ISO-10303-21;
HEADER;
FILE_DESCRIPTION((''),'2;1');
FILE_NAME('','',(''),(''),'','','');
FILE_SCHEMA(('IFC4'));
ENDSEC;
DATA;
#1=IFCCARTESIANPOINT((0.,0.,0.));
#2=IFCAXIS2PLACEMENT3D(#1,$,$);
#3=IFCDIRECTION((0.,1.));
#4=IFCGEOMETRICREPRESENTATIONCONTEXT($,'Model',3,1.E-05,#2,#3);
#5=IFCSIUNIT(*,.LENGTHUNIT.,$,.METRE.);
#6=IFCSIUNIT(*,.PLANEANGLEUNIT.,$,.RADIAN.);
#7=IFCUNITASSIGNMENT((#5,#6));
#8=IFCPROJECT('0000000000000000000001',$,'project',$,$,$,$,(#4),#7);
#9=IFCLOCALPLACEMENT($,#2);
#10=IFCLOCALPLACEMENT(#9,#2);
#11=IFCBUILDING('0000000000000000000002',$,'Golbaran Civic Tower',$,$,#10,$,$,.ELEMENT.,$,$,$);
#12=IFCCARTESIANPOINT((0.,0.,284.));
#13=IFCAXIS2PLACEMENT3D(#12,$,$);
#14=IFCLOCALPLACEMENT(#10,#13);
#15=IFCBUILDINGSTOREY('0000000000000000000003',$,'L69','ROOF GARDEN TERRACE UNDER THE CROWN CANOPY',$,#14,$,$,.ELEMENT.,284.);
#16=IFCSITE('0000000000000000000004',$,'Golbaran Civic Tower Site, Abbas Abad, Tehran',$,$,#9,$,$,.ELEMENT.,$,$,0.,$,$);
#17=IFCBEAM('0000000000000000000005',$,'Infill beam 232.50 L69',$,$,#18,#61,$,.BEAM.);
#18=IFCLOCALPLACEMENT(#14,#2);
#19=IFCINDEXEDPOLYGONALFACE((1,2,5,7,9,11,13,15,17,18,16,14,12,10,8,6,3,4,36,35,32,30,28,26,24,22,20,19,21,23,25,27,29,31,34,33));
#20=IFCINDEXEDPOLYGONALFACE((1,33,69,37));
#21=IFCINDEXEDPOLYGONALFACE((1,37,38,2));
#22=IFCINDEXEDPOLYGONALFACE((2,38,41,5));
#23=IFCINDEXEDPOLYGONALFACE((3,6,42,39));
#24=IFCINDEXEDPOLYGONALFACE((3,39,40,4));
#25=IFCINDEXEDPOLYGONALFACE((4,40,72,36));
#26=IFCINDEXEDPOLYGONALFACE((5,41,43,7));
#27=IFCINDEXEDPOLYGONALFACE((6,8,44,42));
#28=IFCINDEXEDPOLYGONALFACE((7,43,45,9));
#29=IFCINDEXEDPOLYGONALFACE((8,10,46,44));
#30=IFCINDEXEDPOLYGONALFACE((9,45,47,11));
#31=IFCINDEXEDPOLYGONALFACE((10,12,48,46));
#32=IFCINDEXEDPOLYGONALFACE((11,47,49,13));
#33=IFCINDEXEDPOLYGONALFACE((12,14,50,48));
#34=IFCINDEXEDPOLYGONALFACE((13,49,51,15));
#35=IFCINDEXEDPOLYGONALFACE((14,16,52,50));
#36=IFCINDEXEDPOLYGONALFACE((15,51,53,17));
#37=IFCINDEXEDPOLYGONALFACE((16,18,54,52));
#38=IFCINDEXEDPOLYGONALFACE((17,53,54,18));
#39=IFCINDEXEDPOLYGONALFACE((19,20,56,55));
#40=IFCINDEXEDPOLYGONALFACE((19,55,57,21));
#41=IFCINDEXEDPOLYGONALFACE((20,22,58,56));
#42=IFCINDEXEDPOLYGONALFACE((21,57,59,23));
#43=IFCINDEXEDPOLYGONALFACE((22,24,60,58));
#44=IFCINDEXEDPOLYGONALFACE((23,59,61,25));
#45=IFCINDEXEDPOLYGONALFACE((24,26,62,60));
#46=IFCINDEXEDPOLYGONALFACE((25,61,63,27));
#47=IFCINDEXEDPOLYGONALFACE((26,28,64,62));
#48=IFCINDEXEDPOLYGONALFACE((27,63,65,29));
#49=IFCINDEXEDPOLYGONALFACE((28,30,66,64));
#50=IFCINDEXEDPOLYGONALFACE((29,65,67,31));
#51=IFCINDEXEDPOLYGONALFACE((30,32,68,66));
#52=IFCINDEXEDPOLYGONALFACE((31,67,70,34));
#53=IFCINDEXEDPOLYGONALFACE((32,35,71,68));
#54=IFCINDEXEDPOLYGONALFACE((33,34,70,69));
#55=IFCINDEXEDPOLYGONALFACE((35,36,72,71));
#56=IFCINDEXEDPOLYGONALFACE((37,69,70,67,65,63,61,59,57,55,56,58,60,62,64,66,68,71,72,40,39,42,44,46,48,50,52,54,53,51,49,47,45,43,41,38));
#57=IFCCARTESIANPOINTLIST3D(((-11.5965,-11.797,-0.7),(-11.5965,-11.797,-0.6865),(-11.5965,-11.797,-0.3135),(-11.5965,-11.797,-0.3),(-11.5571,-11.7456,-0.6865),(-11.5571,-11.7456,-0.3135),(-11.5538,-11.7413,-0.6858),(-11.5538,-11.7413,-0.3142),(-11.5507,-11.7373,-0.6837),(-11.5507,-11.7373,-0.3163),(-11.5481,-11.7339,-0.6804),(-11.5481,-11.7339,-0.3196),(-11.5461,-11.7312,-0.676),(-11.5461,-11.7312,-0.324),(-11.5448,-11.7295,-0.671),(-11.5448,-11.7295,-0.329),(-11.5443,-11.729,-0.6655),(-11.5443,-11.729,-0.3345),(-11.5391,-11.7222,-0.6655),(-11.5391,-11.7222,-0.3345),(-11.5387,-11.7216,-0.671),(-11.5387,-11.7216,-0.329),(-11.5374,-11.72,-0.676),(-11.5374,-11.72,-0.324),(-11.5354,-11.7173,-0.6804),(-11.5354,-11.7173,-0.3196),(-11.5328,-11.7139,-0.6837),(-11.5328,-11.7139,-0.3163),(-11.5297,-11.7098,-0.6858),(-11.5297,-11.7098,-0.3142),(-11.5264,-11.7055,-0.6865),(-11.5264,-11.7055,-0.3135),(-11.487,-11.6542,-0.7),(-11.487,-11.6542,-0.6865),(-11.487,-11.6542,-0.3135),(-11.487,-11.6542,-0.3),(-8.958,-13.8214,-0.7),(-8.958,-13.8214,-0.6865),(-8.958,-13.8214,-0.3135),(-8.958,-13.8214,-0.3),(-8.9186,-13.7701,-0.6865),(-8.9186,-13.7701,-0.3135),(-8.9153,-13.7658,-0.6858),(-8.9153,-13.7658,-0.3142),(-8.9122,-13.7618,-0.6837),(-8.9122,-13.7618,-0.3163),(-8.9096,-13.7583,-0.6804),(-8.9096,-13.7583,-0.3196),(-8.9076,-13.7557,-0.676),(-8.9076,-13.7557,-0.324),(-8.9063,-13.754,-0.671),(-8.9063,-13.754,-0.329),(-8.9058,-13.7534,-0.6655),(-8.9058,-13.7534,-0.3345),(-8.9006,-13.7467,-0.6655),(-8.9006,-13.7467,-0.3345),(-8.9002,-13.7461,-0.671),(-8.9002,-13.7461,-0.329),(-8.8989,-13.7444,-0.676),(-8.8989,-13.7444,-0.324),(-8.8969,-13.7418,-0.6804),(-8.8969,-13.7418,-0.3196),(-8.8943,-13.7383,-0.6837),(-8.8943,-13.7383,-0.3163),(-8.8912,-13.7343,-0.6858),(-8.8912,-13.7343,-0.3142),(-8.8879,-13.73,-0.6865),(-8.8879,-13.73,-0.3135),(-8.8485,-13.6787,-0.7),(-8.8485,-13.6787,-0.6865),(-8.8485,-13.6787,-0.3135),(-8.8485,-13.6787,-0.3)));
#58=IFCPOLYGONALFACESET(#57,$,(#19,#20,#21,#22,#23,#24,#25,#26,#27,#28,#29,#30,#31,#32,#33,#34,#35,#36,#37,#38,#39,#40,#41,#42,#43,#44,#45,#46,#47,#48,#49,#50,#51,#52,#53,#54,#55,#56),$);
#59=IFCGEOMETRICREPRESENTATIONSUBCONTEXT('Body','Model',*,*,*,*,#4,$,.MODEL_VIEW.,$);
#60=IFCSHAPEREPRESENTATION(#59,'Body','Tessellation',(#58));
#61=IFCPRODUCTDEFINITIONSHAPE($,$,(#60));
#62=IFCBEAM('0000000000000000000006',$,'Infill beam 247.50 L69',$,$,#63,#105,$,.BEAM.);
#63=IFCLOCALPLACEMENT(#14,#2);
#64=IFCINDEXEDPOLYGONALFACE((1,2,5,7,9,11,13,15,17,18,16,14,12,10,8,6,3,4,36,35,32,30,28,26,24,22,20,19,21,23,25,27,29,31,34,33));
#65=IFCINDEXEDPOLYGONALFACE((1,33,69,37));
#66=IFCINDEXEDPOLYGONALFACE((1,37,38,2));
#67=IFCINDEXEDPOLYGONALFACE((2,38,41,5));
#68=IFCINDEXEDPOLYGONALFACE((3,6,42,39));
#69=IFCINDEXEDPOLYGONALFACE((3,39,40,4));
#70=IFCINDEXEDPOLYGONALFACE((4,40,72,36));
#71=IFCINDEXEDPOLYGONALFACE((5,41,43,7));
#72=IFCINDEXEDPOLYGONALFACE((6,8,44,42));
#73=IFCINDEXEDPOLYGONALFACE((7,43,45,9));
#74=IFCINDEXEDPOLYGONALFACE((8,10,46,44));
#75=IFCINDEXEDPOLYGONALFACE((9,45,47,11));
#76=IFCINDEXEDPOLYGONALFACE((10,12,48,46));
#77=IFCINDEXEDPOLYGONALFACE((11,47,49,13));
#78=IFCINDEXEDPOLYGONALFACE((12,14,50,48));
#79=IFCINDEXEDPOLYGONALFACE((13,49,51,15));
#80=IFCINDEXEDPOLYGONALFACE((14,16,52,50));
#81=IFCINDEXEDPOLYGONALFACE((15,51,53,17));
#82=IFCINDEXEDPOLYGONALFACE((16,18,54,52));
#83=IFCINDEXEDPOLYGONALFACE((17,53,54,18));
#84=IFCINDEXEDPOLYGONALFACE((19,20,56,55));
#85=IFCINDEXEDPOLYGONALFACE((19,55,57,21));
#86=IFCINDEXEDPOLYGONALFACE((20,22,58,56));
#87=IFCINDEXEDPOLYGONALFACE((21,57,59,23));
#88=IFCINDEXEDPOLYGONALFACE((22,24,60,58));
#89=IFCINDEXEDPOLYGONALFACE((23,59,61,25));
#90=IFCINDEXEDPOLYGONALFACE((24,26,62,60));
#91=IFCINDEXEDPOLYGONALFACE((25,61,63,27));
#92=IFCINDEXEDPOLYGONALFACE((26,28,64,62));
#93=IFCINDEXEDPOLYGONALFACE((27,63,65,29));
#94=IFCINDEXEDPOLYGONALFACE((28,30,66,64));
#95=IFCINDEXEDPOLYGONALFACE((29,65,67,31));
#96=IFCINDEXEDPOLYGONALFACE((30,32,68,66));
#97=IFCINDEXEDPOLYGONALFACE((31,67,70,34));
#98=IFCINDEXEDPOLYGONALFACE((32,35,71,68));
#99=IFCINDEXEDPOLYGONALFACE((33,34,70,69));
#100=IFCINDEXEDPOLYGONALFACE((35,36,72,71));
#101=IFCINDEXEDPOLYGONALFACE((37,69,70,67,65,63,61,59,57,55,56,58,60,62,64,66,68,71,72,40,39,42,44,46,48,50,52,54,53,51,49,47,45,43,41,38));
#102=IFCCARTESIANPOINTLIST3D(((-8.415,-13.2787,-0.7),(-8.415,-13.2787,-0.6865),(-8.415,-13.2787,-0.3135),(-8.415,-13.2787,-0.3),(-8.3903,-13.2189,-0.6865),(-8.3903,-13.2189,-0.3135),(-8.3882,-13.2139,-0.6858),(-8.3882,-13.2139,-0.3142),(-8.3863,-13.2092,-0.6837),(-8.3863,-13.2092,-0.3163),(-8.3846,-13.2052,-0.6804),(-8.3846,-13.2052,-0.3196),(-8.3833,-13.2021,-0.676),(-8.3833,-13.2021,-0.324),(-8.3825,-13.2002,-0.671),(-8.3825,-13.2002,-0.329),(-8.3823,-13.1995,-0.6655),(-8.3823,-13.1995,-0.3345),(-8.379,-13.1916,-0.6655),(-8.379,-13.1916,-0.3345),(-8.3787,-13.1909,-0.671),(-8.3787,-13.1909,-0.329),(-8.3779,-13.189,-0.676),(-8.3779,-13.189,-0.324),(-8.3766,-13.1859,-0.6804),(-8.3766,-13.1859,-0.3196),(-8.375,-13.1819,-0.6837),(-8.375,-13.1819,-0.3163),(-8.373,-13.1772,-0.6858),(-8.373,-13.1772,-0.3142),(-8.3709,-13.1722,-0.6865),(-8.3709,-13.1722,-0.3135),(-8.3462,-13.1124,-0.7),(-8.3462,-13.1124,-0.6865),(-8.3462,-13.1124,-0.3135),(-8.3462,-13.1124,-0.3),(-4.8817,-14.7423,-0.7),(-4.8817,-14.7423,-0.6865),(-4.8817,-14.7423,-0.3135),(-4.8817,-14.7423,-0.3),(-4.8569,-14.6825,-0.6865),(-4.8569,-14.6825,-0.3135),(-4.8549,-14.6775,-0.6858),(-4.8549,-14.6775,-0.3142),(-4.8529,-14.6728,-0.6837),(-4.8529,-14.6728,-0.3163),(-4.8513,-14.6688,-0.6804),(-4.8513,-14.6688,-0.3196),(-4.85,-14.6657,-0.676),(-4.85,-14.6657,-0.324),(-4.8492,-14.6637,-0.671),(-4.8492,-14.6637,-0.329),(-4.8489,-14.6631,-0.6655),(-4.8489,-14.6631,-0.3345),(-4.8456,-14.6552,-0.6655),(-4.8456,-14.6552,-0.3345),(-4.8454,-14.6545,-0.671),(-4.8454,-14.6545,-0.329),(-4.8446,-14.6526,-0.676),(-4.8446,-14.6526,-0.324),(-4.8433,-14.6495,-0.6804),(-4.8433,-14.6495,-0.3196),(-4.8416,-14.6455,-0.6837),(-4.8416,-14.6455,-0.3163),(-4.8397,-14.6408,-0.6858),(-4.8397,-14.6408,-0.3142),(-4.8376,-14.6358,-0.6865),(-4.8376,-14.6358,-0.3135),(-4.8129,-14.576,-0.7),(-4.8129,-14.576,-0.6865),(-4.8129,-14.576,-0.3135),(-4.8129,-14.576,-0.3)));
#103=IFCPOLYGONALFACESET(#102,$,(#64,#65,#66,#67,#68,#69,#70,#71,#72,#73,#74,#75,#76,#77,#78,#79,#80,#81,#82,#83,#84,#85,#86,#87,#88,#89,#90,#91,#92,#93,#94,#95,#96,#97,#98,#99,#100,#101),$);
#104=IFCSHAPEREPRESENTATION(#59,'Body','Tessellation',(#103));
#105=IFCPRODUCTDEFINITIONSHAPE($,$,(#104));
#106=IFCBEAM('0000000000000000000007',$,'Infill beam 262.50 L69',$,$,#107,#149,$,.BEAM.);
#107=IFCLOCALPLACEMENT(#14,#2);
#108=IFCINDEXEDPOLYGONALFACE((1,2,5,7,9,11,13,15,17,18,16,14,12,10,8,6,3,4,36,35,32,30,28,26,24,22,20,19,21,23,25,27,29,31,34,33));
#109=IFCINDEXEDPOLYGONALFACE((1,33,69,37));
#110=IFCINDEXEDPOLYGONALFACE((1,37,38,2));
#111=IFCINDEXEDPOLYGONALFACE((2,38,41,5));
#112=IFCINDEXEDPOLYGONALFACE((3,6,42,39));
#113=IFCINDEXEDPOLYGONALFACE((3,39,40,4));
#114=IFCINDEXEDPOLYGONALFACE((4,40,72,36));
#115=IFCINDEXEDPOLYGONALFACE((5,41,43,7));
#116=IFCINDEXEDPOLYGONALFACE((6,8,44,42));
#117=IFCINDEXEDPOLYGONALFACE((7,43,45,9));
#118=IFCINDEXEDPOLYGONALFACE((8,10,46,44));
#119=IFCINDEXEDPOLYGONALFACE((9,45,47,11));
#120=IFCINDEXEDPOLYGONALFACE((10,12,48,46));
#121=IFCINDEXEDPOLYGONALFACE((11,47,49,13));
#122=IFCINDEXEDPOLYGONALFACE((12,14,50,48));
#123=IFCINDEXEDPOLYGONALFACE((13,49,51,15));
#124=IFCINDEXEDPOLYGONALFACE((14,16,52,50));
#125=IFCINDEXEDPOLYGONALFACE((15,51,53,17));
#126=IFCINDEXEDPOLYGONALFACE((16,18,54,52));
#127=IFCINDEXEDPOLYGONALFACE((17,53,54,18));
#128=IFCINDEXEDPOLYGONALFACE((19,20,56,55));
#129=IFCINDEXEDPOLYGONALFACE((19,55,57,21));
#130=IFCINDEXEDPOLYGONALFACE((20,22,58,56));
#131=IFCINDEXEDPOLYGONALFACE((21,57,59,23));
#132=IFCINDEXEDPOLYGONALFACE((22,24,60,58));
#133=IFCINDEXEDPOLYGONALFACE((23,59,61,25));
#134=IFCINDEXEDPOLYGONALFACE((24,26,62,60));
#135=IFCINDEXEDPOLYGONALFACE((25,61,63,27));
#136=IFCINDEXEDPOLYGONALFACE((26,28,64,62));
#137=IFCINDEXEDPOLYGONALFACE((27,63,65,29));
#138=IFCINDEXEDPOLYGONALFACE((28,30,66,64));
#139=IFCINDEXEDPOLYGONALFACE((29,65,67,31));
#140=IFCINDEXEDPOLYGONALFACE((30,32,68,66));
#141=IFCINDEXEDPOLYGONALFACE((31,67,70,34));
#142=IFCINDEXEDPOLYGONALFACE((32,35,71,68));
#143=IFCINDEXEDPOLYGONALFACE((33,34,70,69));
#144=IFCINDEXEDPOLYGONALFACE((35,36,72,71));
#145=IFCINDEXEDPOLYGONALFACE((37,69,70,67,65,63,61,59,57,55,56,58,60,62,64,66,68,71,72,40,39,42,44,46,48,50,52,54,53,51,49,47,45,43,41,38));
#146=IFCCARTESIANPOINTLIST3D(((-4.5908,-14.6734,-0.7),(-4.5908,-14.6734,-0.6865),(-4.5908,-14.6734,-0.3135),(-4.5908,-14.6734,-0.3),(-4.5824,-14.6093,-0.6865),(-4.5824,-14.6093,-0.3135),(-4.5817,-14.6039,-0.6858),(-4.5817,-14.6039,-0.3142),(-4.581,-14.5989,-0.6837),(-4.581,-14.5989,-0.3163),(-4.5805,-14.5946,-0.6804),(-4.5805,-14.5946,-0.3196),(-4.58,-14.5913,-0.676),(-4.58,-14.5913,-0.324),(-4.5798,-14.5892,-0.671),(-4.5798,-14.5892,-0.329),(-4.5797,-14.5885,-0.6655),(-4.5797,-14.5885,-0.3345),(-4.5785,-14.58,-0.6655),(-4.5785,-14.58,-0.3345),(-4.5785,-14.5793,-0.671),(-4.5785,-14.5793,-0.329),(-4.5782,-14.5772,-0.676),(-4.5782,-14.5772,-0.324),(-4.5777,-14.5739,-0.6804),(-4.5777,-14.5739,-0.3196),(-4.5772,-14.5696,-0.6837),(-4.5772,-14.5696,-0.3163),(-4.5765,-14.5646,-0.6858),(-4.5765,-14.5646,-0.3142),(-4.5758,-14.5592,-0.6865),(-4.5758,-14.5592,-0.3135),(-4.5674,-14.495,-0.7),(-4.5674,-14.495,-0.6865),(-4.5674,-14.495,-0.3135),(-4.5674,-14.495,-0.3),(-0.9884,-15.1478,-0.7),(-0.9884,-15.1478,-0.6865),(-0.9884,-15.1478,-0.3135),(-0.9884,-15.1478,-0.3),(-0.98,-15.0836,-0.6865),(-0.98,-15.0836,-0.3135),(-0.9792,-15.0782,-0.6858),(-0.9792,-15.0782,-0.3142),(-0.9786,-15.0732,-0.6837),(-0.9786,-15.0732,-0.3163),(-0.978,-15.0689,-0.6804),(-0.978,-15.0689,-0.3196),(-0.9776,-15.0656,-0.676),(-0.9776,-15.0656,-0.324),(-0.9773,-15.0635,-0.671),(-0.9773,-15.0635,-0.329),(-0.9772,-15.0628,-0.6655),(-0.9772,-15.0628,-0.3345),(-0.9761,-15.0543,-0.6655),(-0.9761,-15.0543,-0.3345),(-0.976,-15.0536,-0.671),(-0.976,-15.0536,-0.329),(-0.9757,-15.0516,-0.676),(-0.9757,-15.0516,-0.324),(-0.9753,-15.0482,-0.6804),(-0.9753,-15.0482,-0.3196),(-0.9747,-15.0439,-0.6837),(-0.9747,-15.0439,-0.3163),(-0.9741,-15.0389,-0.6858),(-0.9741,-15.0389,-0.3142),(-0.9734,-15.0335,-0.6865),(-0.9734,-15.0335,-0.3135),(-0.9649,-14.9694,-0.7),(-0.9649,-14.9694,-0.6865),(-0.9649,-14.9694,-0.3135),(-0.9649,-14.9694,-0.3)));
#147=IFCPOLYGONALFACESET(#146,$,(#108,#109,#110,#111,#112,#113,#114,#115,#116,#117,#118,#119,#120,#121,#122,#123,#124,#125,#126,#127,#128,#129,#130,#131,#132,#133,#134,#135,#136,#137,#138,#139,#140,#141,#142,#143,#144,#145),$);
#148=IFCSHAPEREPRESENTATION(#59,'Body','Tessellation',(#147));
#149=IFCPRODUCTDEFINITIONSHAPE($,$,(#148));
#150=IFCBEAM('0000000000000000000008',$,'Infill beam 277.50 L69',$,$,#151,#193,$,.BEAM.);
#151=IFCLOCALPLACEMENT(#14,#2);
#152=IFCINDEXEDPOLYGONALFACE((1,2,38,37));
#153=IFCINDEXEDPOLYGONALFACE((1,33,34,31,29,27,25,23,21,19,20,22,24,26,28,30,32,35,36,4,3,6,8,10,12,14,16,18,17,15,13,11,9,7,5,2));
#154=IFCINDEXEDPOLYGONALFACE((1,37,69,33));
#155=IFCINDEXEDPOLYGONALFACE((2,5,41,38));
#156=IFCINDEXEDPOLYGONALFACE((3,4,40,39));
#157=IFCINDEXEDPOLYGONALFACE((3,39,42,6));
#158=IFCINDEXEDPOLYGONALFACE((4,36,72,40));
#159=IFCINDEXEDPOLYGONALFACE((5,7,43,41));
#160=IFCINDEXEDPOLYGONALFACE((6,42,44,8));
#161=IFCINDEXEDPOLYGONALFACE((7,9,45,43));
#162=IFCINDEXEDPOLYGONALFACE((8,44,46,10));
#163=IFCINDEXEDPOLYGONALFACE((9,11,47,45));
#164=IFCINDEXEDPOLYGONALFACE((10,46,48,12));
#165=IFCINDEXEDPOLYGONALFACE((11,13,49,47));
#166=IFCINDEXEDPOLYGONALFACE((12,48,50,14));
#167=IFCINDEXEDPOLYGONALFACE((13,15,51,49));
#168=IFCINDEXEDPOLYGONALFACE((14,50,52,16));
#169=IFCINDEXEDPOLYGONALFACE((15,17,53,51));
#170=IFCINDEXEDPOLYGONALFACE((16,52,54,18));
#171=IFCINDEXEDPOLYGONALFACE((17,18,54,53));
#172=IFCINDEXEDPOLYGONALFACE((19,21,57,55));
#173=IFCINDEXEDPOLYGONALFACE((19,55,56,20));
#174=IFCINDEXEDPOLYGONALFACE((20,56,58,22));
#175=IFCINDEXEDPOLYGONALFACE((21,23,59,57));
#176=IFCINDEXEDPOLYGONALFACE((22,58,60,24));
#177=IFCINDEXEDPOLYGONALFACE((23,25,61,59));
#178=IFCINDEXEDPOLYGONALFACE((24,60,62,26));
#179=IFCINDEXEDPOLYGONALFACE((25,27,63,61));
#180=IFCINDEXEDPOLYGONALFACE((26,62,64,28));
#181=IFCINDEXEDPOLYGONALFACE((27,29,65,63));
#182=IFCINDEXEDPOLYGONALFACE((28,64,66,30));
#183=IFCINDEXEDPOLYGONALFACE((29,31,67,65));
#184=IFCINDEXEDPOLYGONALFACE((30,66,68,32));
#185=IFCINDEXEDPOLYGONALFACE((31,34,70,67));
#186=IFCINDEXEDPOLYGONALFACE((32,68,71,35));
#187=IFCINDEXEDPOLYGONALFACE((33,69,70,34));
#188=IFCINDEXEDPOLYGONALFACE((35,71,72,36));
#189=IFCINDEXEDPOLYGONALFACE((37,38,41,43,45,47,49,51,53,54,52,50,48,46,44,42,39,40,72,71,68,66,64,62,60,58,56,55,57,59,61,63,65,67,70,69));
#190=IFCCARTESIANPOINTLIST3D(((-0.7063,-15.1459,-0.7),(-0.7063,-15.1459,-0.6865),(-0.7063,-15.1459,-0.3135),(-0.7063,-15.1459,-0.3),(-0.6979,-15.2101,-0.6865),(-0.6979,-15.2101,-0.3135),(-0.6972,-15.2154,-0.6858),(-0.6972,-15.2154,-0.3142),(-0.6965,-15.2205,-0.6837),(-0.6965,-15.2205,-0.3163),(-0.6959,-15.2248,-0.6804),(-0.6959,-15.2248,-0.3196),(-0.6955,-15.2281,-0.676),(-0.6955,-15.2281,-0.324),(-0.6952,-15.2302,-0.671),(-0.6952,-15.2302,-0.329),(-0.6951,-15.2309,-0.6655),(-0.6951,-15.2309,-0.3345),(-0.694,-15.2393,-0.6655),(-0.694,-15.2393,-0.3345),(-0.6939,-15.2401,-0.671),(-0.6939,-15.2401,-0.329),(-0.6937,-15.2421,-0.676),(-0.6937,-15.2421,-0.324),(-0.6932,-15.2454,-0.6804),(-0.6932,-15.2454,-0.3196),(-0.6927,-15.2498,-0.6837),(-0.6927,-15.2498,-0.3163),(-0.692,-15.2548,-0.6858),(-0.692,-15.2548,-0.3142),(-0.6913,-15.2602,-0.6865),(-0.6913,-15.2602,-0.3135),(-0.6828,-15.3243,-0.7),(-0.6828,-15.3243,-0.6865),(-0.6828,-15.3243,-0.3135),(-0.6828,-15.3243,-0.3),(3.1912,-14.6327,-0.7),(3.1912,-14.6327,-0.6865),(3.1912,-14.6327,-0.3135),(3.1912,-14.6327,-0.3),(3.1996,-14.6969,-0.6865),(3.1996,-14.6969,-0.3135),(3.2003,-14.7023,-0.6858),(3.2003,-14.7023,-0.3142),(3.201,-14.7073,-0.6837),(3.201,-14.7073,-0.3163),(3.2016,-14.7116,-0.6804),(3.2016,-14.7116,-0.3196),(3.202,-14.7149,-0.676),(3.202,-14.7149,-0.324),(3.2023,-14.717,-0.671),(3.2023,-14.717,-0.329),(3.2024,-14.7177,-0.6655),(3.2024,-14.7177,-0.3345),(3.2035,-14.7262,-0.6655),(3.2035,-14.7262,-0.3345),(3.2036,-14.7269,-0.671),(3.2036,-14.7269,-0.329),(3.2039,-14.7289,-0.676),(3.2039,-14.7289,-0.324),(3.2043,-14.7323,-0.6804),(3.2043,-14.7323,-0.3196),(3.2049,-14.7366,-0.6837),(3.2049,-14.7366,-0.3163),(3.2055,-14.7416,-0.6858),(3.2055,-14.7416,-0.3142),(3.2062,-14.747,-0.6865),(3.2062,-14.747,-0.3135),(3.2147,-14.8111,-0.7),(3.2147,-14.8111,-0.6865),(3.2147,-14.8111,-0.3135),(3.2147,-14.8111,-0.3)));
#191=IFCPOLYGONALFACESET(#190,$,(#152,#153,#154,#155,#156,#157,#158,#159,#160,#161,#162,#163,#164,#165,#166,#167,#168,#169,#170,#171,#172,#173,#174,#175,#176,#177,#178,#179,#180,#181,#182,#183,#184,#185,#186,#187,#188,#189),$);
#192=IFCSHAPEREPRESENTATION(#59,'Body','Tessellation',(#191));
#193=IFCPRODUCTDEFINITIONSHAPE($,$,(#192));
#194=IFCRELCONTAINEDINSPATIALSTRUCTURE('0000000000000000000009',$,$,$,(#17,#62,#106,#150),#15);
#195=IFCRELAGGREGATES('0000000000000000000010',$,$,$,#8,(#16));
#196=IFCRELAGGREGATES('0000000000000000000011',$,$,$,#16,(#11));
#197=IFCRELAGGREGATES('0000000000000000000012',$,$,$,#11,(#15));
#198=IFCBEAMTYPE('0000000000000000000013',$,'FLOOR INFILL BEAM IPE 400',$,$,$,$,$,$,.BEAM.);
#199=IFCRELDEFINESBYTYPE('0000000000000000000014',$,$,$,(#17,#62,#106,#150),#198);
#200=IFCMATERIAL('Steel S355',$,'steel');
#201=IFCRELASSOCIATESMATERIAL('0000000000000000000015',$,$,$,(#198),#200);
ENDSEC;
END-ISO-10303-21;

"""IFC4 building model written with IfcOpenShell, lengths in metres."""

from ifc_helpers import new_model, si_unit, direction, frame, origin, origin_2d, place, context, subcontext, project, spatial, i_section, extrude, material, material_profile, profile_set, type_object, element, save


model = new_model("IFC4")

# Units and contexts
model_context = context("Model", 3, precision=1e-05, world=origin(), true_north=direction((0.0, 1.0)))
body_context = subcontext(model_context, "Body", "Model", "MODEL_VIEW")
ifc_project = project(units=[si_unit("LENGTHUNIT", "METRE"), si_unit("PLANEANGLEUNIT", "RADIAN")], contexts=[model_context])

# Site, building, storey
site_placement = place(None, origin())
site = spatial("IfcSite", under=ifc_project, at=site_placement, Name="Golbaran Civic Tower Site, Abbas Abad, Tehran", CompositionType="ELEMENT", RefElevation=0.0)
building_placement = place(site_placement, origin())
building = spatial("IfcBuilding", under=site, at=building_placement, Name="Golbaran Civic Tower", CompositionType="ELEMENT")
storey_placement = place(building_placement, frame((0.0, 0.0, 284.0)))
storey = spatial("IfcBuildingStorey", under=building, at=storey_placement, Name="L69", Description="ROOF GARDEN TERRACE UNDER THE CROWN CANOPY", CompositionType="ELEMENT", Elevation=284.0)

# Shared definitions
ifc_material_1 = material(Name="Steel S355", Category="steel")

# Beams
ifc_material_profile_1 = material_profile(ifc_material_1, i_section(OverallWidth=0.1799, OverallDepth=0.3999, WebThickness=0.0085, FlangeThickness=0.0134, FilletRadius=0.021, at=origin_2d()), Name="IPE 400")
ifc_profile_set_1 = profile_set([ifc_material_profile_1], Name="Steel S355")
beam_type_1 = type_object("IfcBeamType", Name="FLOOR INFILL BEAM IPE 400", PredefinedType="BEAM", material=ifc_profile_set_1)
beam_1_placement = place(storey_placement, frame((-11.5417, -11.7256, -0.5), z_axis=(0.793371, -0.608738, 0.0), x_axis=(0.608738, 0.793371, 0.0)))
element("IfcBeam", 1, at=beam_1_placement, inside=storey, type_object=beam_type_1, Name="Infill beam 232.50 L69", PredefinedType="BEAM", context=body_context, shape_type="SweptSolid", body=[
    extrude(i_section(OverallWidth=0.1799, OverallDepth=0.3999, WebThickness=0.0085, FlangeThickness=0.0134, FilletRadius=0.021, at=origin_2d()), origin(), (0.0, 0.0, 1.0), 3.3257),
])
beam_2_placement = place(storey_placement, frame((-8.3806, -13.1956, -0.5), z_axis=(0.923878, -0.382688, 0.0), x_axis=(0.382688, 0.923878, 0.0)))
element("IfcBeam", 2, at=beam_2_placement, inside=storey, type_object=beam_type_1, Name="Infill beam 247.50 L69", PredefinedType="BEAM", context=body_context, shape_type="SweptSolid", body=[
    extrude(i_section(OverallWidth=0.1799, OverallDepth=0.3999, WebThickness=0.0085, FlangeThickness=0.0134, FilletRadius=0.021, at=origin_2d()), origin(), (0.0, 0.0, 1.0), 3.8245),
])
beam_3_placement = place(storey_placement, frame((-4.5791, -14.5842, -0.5), z_axis=(0.991442, -0.130548, 0.0), x_axis=(0.130548, 0.991442, 0.0)))
element("IfcBeam", 3, at=beam_3_placement, inside=storey, type_object=beam_type_1, Name="Infill beam 262.50 L69", PredefinedType="BEAM", context=body_context, shape_type="SweptSolid", body=[
    extrude(i_section(OverallWidth=0.1799, OverallDepth=0.3999, WebThickness=0.0085, FlangeThickness=0.0134, FilletRadius=0.021, at=origin_2d()), origin(), (0.0, 0.0, 1.0), 3.6335),
])
beam_4_placement = place(storey_placement, frame((-0.6946, -15.2351, -0.5), z_axis=(0.991442, 0.130544, 0.0), x_axis=(-0.130544, 0.991442, 0.0)))
element("IfcBeam", 4, at=beam_4_placement, inside=storey, type_object=beam_type_1, Name="Infill beam 277.50 L69", PredefinedType="BEAM", context=body_context, shape_type="SweptSolid", body=[
    extrude(i_section(OverallWidth=0.1799, OverallDepth=0.3999, WebThickness=0.0085, FlangeThickness=0.0134, FilletRadius=0.021, at=origin_2d()), origin(), (0.0, 0.0, 1.0), 3.9312),
])

save(model, "model.ifc")
